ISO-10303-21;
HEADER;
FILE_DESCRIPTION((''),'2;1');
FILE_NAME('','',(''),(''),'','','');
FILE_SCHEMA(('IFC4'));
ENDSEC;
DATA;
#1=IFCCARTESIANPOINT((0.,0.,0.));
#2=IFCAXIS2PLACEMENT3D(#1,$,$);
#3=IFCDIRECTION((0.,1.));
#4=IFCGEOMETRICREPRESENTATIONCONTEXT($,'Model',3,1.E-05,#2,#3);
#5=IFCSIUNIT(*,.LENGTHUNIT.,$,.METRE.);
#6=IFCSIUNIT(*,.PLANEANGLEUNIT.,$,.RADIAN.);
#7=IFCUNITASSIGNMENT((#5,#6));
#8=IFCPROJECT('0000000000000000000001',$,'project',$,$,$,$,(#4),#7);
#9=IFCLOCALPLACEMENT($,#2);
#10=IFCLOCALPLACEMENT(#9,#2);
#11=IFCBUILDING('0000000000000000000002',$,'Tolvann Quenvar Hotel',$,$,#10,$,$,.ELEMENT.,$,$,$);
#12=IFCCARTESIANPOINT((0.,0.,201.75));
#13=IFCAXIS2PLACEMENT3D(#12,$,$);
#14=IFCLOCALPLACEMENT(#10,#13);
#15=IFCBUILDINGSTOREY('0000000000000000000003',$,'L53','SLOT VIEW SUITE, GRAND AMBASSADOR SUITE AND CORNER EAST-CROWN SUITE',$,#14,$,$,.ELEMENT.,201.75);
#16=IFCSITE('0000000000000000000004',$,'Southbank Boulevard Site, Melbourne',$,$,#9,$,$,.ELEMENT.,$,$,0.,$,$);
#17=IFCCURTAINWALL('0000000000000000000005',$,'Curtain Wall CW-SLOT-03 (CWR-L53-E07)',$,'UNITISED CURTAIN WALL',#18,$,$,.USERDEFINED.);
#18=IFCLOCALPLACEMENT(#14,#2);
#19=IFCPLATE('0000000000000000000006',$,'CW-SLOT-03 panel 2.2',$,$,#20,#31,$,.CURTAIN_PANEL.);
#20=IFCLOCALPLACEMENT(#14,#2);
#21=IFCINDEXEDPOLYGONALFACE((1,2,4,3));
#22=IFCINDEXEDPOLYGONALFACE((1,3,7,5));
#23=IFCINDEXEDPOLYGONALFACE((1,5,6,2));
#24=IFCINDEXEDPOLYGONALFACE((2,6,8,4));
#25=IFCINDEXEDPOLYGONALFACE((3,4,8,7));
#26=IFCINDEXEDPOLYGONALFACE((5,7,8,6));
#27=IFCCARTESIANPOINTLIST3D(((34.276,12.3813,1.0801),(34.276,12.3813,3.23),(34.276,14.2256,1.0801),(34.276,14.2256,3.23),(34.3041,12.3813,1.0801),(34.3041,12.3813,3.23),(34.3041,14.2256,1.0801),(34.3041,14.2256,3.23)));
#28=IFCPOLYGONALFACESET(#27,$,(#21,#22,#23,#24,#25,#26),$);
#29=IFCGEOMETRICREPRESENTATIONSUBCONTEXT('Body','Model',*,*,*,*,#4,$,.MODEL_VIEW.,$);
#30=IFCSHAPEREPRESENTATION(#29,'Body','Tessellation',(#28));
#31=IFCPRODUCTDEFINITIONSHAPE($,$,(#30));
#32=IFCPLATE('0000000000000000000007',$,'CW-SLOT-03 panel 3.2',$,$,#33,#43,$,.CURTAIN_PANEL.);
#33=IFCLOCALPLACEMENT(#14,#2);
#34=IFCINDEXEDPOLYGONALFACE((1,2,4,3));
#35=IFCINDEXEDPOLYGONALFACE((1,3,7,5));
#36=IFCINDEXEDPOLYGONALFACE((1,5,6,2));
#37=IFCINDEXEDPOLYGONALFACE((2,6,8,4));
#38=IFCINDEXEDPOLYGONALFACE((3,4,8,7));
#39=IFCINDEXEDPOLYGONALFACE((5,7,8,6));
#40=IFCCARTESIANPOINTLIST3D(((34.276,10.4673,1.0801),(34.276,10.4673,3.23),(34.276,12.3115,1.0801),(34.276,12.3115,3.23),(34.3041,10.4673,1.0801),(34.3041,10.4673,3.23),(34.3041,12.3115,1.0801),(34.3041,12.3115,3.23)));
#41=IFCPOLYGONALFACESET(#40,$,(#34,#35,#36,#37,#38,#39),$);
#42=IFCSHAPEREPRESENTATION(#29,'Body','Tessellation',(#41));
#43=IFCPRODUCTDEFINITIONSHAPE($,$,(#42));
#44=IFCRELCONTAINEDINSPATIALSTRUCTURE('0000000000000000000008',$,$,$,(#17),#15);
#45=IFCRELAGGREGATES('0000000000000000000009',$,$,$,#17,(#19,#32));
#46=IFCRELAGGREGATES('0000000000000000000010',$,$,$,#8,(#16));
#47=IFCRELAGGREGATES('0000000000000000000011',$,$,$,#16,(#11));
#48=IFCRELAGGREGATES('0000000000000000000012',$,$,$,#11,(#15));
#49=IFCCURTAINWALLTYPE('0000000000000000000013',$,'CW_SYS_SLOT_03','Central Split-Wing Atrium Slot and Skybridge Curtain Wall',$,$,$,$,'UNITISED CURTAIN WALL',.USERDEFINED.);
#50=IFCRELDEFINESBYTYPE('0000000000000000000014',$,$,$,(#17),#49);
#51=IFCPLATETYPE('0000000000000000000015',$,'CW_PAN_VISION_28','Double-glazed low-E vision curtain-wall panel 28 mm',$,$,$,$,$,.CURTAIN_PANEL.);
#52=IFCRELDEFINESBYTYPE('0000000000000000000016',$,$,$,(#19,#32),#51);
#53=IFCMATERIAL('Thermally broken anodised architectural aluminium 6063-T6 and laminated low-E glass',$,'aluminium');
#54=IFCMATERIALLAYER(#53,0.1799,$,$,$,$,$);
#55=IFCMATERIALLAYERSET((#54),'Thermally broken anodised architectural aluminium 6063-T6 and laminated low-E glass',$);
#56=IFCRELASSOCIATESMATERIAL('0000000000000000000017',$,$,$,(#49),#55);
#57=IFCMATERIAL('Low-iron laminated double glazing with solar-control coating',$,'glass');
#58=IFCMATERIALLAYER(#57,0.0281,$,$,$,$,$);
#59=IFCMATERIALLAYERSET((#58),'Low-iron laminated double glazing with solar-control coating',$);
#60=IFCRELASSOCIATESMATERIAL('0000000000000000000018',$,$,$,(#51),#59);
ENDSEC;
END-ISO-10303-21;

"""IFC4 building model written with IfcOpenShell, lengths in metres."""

from ifc_helpers import new_model, si_unit, direction, frame, origin, origin_2d, place, context, subcontext, project, spatial, rectangle, extrude, source, transform, mapped, material, layer, layer_set, type_object, element, aggregate, save


model = new_model("IFC4")

# Units and contexts
model_context = context("Model", 3, precision=1e-05, world=origin(), true_north=direction((0.0, 1.0)))
body_context = subcontext(model_context, "Body", "Model", "MODEL_VIEW")
ifc_project = project(units=[si_unit("LENGTHUNIT", "METRE"), si_unit("PLANEANGLEUNIT", "RADIAN")], contexts=[model_context])

# Site, building, storey
site_placement = place(None, origin())
site = spatial("IfcSite", under=ifc_project, at=site_placement, Name="Southbank Boulevard Site, Melbourne", CompositionType="ELEMENT", RefElevation=0.0)
building_placement = place(site_placement, origin())
building = spatial("IfcBuilding", under=site, at=building_placement, Name="Tolvann Quenvar Hotel", CompositionType="ELEMENT")
storey_placement = place(building_placement, frame((0.0, 0.0, 201.75)))
storey = spatial("IfcBuildingStorey", under=building, at=storey_placement, Name="L53", Description="SLOT VIEW SUITE, GRAND AMBASSADOR SUITE AND CORNER EAST-CROWN SUITE", CompositionType="ELEMENT", Elevation=201.75)

# Curtain wall
ifc_material_1 = material(Name="Thermally broken anodised architectural aluminium 6063-T6 and laminated low-E glass", Category="aluminium")
ifc_layer_1 = layer(ifc_material_1, 0.1799)
ifc_layer_set_1 = layer_set([ifc_layer_1], Name="Thermally broken anodised architectural aluminium 6063-T6 and laminated low-E glass")
curtain_wall_type = type_object("IfcCurtainWallType", Name="CW_SYS_SLOT_03", Description="Central Split-Wing Atrium Slot and Skybridge Curtain Wall", ElementType="UNITISED CURTAIN WALL", PredefinedType="USERDEFINED", material=ifc_layer_set_1)
curtain_wall_1_placement = place(storey_placement, origin())
curtain_wall_1 = element("IfcCurtainWall", 1, at=curtain_wall_1_placement, inside=storey, type_object=curtain_wall_type, Name="Curtain Wall CW-SLOT-03 (CWR-L53-E07)", ObjectType="UNITISED CURTAIN WALL", PredefinedType="USERDEFINED")

# Plates
ifc_material_2 = material(Name="Low-iron laminated double glazing with solar-control coating", Category="glass")
ifc_layer_2 = layer(ifc_material_2, 0.0281)
ifc_layer_set_2 = layer_set([ifc_layer_2], Name="Low-iron laminated double glazing with solar-control coating")
plate_type = type_object("IfcPlateType", Name="CW_PAN_VISION_28", Description="Double-glazed low-E vision curtain-wall panel 28 mm", PredefinedType="CURTAIN_PANEL", material=ifc_layer_set_2)
shared_shape_1 = source(origin(), body_context, "Body", "SweptSolid", [
    extrude(rectangle(XDim=1.8442, YDim=0.0281, at=origin_2d()), origin(), (0.0, 0.0, 1.0), 2.1499),
])
plate_1_placement = place(storey_placement, frame((34.29, 13.3035, 1.0801), z_axis=(0.0, 0.0, 1.0), x_axis=(0.0, -1.0, 0.0)))
plate_1 = element("IfcPlate", 2, at=plate_1_placement, type_object=plate_type, Name="CW-SLOT-03 panel 2.2", PredefinedType="CURTAIN_PANEL", context=body_context, shape_type="MappedRepresentation", body=[
    mapped(shared_shape_1, transform((0.0, 0.0, 0.0), x_axis=(1.0, 0.0, 0.0), y_axis=(0.0, 1.0, 0.0), z_axis=(0.0, 0.0, 1.0), scale=1.0)),
])
plate_2_placement = place(storey_placement, frame((34.29, 11.3894, 1.0801), z_axis=(0.0, 0.0, 1.0), x_axis=(0.0, -1.0, 0.0)))
plate_2 = element("IfcPlate", 3, at=plate_2_placement, type_object=plate_type, Name="CW-SLOT-03 panel 3.2", PredefinedType="CURTAIN_PANEL", context=body_context, shape_type="MappedRepresentation", body=[
    mapped(shared_shape_1, transform((0.0, 0.0, 0.0), x_axis=(1.0, 0.0, 0.0), y_axis=(0.0, 1.0, 0.0), z_axis=(0.0, 0.0, 1.0), scale=1.0)),
])
aggregate(curtain_wall_1, [plate_1, plate_2])

save(model, "model.ifc")
